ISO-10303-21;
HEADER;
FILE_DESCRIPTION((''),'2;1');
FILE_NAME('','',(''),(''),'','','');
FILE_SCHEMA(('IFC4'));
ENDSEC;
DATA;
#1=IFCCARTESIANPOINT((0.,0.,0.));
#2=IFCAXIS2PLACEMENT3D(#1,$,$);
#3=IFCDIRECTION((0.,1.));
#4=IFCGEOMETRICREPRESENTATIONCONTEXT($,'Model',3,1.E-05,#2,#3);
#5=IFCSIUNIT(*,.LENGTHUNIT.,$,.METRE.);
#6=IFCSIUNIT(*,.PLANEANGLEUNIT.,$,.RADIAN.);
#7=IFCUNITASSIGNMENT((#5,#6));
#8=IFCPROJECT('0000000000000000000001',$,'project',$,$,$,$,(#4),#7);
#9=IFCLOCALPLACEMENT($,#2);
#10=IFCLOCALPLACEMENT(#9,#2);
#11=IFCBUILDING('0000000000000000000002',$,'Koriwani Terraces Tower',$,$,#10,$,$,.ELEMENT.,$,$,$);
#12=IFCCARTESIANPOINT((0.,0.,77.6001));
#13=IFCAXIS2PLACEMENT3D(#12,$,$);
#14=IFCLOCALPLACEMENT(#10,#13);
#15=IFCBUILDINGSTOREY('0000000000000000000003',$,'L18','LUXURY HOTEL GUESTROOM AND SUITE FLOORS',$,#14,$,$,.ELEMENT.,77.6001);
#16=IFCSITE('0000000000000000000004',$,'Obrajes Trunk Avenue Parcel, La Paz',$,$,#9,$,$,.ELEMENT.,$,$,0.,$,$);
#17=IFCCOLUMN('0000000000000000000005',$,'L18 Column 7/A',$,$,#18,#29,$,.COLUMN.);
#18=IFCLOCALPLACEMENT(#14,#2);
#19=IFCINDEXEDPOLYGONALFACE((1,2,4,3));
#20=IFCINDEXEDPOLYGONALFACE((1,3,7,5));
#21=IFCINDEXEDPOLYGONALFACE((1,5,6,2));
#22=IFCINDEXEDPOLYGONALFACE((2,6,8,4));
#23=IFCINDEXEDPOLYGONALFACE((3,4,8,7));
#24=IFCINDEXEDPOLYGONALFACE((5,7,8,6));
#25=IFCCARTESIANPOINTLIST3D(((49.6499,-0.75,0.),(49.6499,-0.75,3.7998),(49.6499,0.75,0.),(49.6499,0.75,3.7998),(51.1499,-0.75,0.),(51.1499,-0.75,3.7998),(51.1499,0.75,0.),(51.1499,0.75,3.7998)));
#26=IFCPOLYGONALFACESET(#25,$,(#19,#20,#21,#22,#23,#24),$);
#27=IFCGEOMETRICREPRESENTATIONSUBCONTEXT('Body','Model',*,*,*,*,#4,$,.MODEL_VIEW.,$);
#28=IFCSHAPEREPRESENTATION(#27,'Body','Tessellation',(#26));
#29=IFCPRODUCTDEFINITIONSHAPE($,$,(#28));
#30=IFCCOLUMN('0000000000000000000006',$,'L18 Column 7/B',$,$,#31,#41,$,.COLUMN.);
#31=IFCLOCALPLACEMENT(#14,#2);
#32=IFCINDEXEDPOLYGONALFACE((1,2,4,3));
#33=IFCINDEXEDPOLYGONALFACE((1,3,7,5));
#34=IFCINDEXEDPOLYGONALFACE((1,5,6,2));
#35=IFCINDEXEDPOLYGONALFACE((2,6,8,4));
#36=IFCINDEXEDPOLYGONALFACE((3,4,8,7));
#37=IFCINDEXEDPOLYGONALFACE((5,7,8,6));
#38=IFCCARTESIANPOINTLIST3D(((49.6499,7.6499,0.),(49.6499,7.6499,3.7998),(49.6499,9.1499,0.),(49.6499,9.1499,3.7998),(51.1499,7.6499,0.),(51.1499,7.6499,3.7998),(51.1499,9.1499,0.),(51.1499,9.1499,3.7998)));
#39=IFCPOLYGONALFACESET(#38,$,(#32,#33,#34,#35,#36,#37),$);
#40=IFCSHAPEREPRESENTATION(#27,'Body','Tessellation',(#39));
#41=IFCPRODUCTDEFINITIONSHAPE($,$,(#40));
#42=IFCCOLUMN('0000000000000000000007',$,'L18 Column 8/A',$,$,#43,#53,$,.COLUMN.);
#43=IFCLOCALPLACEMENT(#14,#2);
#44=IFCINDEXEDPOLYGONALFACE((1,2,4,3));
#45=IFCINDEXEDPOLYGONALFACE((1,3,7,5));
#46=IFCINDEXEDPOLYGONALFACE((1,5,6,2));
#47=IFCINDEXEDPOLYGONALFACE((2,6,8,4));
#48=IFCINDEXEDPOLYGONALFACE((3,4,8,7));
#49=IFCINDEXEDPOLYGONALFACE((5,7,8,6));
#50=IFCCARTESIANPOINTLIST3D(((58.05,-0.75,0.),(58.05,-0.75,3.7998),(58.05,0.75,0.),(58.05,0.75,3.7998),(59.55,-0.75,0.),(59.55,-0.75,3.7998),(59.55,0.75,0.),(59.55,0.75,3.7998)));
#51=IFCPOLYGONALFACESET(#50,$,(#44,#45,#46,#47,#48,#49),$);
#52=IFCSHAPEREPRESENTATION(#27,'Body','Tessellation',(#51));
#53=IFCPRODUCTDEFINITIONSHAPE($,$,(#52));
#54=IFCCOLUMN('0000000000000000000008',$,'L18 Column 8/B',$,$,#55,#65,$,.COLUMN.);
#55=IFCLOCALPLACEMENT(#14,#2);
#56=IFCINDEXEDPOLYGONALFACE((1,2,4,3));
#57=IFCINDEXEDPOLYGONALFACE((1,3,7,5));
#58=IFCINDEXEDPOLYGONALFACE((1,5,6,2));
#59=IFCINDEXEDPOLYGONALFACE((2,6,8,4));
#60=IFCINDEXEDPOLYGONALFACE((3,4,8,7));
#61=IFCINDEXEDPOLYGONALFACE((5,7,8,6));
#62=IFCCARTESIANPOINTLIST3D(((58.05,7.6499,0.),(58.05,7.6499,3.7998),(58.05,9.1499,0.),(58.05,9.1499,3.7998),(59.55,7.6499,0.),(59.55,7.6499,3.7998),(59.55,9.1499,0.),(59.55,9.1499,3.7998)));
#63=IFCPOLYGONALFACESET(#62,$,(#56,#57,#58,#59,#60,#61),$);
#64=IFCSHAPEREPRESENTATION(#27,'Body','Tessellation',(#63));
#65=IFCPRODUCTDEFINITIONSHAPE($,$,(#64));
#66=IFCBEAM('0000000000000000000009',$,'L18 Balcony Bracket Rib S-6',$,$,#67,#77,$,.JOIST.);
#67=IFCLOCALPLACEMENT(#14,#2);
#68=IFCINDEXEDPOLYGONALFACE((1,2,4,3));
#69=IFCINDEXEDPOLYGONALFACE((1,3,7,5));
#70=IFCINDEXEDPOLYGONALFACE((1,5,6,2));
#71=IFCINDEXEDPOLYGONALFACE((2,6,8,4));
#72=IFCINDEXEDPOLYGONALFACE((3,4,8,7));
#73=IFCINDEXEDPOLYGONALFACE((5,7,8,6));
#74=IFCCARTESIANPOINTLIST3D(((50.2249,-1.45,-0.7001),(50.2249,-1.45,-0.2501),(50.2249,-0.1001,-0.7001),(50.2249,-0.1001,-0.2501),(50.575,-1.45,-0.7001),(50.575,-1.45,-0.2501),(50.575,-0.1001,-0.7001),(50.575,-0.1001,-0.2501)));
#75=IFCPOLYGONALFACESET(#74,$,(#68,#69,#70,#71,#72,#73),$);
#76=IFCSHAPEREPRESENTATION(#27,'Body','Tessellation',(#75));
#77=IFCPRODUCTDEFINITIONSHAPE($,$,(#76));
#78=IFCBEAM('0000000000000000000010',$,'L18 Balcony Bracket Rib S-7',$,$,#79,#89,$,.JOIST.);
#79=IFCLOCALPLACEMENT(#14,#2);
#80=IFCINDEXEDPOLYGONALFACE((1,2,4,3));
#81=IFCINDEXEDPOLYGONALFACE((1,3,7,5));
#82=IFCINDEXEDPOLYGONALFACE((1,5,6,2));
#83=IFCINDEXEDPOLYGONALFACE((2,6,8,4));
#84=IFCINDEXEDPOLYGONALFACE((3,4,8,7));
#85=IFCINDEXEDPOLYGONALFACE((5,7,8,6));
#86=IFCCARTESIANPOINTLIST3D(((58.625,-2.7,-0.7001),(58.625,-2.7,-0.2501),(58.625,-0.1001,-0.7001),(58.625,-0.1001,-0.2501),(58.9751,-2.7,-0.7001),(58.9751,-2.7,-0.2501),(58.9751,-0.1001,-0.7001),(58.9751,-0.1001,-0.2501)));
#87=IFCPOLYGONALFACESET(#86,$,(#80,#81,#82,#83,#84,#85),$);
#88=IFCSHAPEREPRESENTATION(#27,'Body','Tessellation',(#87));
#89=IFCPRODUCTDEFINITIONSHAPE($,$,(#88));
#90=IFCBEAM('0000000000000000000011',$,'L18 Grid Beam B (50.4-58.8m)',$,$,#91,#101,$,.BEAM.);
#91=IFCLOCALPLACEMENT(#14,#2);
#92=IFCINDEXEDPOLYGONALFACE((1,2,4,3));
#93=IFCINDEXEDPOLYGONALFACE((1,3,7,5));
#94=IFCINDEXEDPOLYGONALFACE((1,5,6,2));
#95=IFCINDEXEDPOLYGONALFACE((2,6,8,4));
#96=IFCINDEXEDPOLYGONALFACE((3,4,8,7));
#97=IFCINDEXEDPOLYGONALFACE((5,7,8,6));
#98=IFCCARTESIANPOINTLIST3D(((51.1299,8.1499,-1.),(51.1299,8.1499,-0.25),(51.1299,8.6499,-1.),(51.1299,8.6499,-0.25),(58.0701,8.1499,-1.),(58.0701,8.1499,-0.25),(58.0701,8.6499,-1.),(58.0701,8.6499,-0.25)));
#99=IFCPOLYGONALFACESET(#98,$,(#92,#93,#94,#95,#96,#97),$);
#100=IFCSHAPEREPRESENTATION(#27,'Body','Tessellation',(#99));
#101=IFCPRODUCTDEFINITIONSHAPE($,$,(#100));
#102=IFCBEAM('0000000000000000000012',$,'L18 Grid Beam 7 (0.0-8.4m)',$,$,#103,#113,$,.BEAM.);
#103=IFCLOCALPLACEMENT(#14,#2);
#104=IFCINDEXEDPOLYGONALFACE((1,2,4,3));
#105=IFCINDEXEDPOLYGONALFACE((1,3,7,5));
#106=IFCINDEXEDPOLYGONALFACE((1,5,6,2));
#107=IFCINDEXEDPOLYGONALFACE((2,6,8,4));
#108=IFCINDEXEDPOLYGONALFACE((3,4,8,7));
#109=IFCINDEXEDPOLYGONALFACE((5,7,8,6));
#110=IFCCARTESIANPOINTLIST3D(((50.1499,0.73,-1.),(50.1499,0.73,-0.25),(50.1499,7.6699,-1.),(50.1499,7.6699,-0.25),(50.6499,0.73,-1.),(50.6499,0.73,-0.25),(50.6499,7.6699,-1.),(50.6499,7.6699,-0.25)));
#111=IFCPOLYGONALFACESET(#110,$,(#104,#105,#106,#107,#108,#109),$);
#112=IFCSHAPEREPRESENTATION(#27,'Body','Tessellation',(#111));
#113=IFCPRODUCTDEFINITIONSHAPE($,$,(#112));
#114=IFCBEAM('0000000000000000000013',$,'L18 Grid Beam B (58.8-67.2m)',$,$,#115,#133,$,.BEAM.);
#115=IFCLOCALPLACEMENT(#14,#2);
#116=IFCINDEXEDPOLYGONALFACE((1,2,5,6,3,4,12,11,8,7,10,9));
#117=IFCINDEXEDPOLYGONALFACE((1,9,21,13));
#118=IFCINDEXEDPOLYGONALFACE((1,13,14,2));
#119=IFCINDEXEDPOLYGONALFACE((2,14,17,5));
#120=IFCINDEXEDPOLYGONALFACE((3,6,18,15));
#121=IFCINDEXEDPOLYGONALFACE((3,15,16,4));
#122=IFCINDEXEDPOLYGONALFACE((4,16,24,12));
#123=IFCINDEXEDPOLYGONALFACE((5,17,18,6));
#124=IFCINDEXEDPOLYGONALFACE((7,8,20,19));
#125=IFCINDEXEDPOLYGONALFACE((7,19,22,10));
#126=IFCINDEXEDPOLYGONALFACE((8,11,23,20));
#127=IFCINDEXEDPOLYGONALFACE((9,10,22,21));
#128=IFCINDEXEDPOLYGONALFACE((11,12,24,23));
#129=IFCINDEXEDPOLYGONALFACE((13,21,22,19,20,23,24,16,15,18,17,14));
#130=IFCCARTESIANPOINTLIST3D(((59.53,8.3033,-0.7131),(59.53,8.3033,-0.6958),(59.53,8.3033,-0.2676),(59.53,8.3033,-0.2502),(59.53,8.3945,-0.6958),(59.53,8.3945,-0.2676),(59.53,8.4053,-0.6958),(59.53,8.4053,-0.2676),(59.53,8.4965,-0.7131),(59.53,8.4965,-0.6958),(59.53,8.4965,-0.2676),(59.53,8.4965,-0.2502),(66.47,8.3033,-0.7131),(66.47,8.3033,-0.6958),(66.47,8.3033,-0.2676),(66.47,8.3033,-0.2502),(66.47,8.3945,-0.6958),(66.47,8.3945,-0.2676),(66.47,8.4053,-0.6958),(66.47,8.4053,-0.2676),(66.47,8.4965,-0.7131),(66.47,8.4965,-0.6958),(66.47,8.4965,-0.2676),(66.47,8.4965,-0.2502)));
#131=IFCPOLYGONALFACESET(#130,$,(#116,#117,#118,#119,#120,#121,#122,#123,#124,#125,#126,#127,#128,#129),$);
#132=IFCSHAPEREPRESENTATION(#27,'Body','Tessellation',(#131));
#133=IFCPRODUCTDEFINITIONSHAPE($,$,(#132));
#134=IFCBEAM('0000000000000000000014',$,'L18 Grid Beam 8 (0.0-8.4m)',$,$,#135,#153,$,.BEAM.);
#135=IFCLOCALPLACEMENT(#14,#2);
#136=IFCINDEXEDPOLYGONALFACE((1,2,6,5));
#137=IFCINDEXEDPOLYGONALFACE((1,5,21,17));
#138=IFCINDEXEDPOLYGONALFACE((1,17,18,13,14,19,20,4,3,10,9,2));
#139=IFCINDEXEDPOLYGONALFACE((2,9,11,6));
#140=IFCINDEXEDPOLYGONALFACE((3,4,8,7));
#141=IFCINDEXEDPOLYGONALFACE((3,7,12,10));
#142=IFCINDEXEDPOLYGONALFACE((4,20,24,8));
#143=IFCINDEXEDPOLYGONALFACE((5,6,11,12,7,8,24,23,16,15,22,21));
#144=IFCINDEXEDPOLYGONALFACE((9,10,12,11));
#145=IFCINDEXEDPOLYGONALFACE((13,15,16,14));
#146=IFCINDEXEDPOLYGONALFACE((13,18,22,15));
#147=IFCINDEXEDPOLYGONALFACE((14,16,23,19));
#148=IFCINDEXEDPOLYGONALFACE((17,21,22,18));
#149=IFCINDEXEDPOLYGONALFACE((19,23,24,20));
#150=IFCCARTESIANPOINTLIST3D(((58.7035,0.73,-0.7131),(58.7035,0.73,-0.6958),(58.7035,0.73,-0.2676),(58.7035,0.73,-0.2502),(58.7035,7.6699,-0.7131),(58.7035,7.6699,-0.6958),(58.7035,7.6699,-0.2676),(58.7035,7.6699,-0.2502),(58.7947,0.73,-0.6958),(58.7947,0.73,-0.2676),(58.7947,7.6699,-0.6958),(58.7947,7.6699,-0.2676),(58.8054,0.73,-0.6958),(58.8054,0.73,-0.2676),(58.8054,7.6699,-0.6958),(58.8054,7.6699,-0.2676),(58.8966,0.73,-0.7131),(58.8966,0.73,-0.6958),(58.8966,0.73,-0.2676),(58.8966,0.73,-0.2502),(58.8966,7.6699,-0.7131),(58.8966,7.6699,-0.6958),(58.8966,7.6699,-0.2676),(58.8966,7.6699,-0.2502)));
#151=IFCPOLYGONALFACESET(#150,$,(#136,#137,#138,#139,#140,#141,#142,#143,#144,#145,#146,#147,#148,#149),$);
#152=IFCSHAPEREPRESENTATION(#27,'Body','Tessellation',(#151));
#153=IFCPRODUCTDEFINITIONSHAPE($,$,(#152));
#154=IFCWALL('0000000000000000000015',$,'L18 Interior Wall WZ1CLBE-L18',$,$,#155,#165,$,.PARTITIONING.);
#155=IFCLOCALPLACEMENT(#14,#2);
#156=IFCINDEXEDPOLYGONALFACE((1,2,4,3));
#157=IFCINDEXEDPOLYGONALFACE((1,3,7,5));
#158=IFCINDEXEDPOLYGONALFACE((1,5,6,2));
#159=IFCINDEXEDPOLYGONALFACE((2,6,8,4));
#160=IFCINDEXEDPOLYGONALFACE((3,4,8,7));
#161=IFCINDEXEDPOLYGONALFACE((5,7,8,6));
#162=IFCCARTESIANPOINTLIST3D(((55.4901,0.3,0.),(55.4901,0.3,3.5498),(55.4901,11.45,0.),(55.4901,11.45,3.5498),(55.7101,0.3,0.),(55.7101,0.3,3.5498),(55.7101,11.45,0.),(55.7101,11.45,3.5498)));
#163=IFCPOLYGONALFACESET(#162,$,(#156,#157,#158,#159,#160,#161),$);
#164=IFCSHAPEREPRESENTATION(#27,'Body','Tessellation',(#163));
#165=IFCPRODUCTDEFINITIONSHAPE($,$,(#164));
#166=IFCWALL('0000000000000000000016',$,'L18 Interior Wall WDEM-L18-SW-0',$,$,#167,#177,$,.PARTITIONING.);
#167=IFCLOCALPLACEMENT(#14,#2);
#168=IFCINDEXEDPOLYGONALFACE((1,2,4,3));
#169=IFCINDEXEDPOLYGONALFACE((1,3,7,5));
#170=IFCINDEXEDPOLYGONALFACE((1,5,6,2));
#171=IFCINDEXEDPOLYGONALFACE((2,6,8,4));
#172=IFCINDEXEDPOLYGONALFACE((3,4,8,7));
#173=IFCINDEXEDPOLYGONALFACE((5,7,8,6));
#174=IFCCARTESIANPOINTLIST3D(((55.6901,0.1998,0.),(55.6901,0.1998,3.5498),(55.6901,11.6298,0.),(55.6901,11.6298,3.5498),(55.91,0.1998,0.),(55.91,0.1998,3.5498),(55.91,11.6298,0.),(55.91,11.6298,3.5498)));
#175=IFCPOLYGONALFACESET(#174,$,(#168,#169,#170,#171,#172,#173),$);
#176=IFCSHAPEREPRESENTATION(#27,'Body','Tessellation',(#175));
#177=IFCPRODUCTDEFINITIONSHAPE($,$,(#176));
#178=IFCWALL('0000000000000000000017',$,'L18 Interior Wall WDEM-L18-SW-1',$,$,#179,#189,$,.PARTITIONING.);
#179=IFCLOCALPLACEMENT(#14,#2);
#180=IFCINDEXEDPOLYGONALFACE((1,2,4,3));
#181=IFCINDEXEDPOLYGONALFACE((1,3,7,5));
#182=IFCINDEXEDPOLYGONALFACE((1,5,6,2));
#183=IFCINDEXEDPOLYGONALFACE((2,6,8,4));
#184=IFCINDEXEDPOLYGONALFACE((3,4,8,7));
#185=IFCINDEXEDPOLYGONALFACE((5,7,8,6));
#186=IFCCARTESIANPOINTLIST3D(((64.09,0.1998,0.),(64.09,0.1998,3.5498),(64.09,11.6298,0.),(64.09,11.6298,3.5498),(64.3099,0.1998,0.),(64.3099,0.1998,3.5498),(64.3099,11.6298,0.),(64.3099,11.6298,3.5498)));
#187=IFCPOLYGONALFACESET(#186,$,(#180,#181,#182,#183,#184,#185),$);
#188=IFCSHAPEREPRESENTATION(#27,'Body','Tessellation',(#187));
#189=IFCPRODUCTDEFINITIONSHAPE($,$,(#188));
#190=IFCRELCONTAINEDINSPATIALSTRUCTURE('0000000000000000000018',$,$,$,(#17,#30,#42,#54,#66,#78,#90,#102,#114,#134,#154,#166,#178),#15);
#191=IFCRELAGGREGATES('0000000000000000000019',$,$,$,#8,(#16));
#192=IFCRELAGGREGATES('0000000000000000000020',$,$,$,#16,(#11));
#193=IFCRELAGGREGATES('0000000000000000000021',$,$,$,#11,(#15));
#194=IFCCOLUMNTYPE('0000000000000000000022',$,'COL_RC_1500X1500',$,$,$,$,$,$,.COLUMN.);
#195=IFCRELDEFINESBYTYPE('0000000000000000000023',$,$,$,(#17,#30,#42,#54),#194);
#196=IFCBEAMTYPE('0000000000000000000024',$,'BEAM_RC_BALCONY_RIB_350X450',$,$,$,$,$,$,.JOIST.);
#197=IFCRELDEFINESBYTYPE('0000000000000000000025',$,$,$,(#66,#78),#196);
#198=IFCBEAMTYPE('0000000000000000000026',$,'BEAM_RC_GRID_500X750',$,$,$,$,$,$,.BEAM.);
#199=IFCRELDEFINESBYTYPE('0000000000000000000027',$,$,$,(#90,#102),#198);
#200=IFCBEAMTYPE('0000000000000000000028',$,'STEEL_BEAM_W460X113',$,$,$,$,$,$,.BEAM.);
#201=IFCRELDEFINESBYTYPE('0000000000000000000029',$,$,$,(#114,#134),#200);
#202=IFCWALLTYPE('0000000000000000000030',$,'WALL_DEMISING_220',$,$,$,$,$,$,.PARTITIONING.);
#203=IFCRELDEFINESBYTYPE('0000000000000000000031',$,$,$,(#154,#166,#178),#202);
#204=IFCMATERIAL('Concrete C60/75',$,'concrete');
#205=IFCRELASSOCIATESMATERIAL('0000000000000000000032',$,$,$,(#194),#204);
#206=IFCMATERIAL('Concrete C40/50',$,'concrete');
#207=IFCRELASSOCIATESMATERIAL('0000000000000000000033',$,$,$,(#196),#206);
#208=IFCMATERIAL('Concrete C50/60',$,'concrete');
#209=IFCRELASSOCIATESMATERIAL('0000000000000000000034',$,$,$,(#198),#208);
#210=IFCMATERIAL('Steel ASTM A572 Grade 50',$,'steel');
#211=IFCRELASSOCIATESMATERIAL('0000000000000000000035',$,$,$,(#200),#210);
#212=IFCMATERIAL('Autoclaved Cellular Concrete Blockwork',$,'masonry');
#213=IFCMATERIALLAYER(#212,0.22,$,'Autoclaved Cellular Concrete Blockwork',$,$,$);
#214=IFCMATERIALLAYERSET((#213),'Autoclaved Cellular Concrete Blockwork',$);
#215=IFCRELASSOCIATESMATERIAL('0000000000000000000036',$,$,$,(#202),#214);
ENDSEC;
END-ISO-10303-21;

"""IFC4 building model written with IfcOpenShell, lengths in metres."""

from ifc_helpers import new_model, si_unit, direction, frame, frame_2d, origin, origin_2d, place, context, subcontext, project, spatial, rectangle, i_section, extrude, material, layer, layer_set, material_profile, profile_set, type_object, element, save


model = new_model("IFC4")

# Units and contexts
model_context = context("Model", 3, precision=1e-05, world=origin(), true_north=direction((0.0, 1.0)))
body_context = subcontext(model_context, "Body", "Model", "MODEL_VIEW")
ifc_project = project(units=[si_unit("LENGTHUNIT", "METRE"), si_unit("PLANEANGLEUNIT", "RADIAN")], contexts=[model_context])

# Site, building, storey
site_placement = place(None, origin())
site = spatial("IfcSite", under=ifc_project, at=site_placement, Name="Obrajes Trunk Avenue Parcel, La Paz", CompositionType="ELEMENT", RefElevation=0.0)
building_placement = place(site_placement, origin())
building = spatial("IfcBuilding", under=site, at=building_placement, Name="Koriwani Terraces Tower", CompositionType="ELEMENT")
storey_placement = place(building_placement, frame((0.0, 0.0, 77.6001)))
storey = spatial("IfcBuildingStorey", under=building, at=storey_placement, Name="L18", Description="LUXURY HOTEL GUESTROOM AND SUITE FLOORS", CompositionType="ELEMENT", Elevation=77.6001)

# Columns
ifc_material_1 = material(Name="Concrete C60/75", Category="concrete")
ifc_material_profile_1 = material_profile(ifc_material_1, rectangle(XDim=1.5, YDim=1.5, at=origin_2d()), Name="Concrete C60/75", Category="LoadBearing")
ifc_profile_set_1 = profile_set([ifc_material_profile_1], Name="Concrete C60/75")
column_type = type_object("IfcColumnType", Name="COL_RC_1500X1500", PredefinedType="COLUMN", material=ifc_profile_set_1)
for number, where, z_axis, x_axis, name in (
    (1, (50.3999, 0.0, 0.0), (0.0, 0.0, 1.0), (1.0, 0.0, 0.0), "L18 Column 7/A"),
    (2, (50.3999, 8.3999, 0.0), (0.0, 0.0, 1.0), (1.0, 0.0, 0.0), "L18 Column 7/B"),
    (3, (58.8, 0.0, 0.0), (0.0, 0.0, 1.0), (1.0, 0.0, 0.0), "L18 Column 8/A"),
    (4, (58.8, 8.3999, 0.0), (0.0, 0.0, 1.0), (1.0, 0.0, 0.0), "L18 Column 8/B"),
):
    element("IfcColumn", number, at=place(storey_placement, frame(where, z_axis=z_axis, x_axis=x_axis)), inside=storey, type_object=column_type, Name=name, PredefinedType="COLUMN", context=body_context, shape_type="SweptSolid", body=[
        extrude(rectangle(XDim=1.5, YDim=1.5, at=origin_2d()), origin(), (0.0, 0.0, 1.0), 3.7998),
    ])

# Beams
ifc_material_2 = material(Name="Concrete C40/50", Category="concrete")
ifc_material_profile_2 = material_profile(ifc_material_2, rectangle(XDim=0.3501, YDim=0.45, at=origin_2d()), Name="Concrete C40/50", Category="LoadBearing")
ifc_profile_set_2 = profile_set([ifc_material_profile_2], Name="Concrete C40/50")
beam_type_1 = type_object("IfcBeamType", Name="BEAM_RC_BALCONY_RIB_350X450", PredefinedType="JOIST", material=ifc_profile_set_2)
beam_1_placement = place(storey_placement, frame((50.3999, -1.45, -0.4751), z_axis=(0.0, 1.0, 0.0), x_axis=(-1.0, 0.0, 0.0)))
element("IfcBeam", 5, at=beam_1_placement, inside=storey, type_object=beam_type_1, Name="L18 Balcony Bracket Rib S-6", PredefinedType="JOIST", context=body_context, shape_type="SweptSolid", body=[
    extrude(rectangle(XDim=0.3501, YDim=0.45, at=origin_2d()), origin(), (0.0, 0.0, 1.0), 1.3499),
])
beam_2_placement = place(storey_placement, frame((58.8, -2.7, -0.4751), z_axis=(0.0, 1.0, 0.0), x_axis=(-1.0, 0.0, 0.0)))
element("IfcBeam", 6, at=beam_2_placement, inside=storey, type_object=beam_type_1, Name="L18 Balcony Bracket Rib S-7", PredefinedType="JOIST", context=body_context, shape_type="SweptSolid", body=[
    extrude(rectangle(XDim=0.3501, YDim=0.45, at=origin_2d()), origin(), (0.0, 0.0, 1.0), 2.5999),
])
ifc_material_3 = material(Name="Concrete C50/60", Category="concrete")
ifc_material_profile_3 = material_profile(ifc_material_3, rectangle(XDim=0.5, YDim=0.75, at=origin_2d()), Name="Concrete C50/60", Category="LoadBearing")
ifc_profile_set_3 = profile_set([ifc_material_profile_3], Name="Concrete C50/60")
beam_type_2 = type_object("IfcBeamType", Name="BEAM_RC_GRID_500X750", PredefinedType="BEAM", material=ifc_profile_set_3)
beam_3_placement = place(storey_placement, frame((51.1299, 8.3999, -0.625), z_axis=(1.0, 0.0, 0.0), x_axis=(0.0, 1.0, 0.0)))
element("IfcBeam", 7, at=beam_3_placement, inside=storey, type_object=beam_type_2, Name="L18 Grid Beam B (50.4-58.8m)", PredefinedType="BEAM", context=body_context, shape_type="SweptSolid", body=[
    extrude(rectangle(XDim=0.5, YDim=0.75, at=origin_2d()), origin(), (0.0, 0.0, 1.0), 6.9402),
])
beam_4_placement = place(storey_placement, frame((50.3999, 0.73, -0.625), z_axis=(0.0, 1.0, 0.0), x_axis=(-1.0, 0.0, 0.0)))
element("IfcBeam", 8, at=beam_4_placement, inside=storey, type_object=beam_type_2, Name="L18 Grid Beam 7 (0.0-8.4m)", PredefinedType="BEAM", context=body_context, shape_type="SweptSolid", body=[
    extrude(rectangle(XDim=0.5, YDim=0.75, at=origin_2d()), origin(), (0.0, 0.0, 1.0), 6.9399),
])
ifc_material_4 = material(Name="Steel ASTM A572 Grade 50", Category="steel")
ifc_material_profile_4 = material_profile(ifc_material_4, i_section(OverallWidth=0.1931, OverallDepth=0.4629, WebThickness=0.0107, FlangeThickness=0.0173, at=origin_2d()), Name="Steel ASTM A572 Grade 50", Category="LoadBearing")
ifc_profile_set_4 = profile_set([ifc_material_profile_4], Name="Steel ASTM A572 Grade 50")
beam_type_3 = type_object("IfcBeamType", Name="STEEL_BEAM_W460X113", PredefinedType="BEAM", material=ifc_profile_set_4)
for number, where, z_axis, x_axis, name in (
    (9, (59.53, 8.3999, -0.4817), (1.0, 0.0, 0.0), (0.0, 1.0, 0.0), "L18 Grid Beam B (58.8-67.2m)"),
    (10, (58.8, 0.73, -0.4817), (0.0, 1.0, 0.0), (-1.0, 0.0, 0.0), "L18 Grid Beam 8 (0.0-8.4m)"),
):
    element("IfcBeam", number, at=place(storey_placement, frame(where, z_axis=z_axis, x_axis=x_axis)), inside=storey, type_object=beam_type_3, Name=name, PredefinedType="BEAM", context=body_context, shape_type="SweptSolid", body=[
        extrude(i_section(OverallWidth=0.1931, OverallDepth=0.4629, WebThickness=0.0107, FlangeThickness=0.0173, at=origin_2d()), origin(), (0.0, 0.0, 1.0), 6.9399),
    ])

# Walls
ifc_material_5 = material(Name="Autoclaved Cellular Concrete Blockwork", Category="masonry")
ifc_layer_1 = layer(ifc_material_5, 0.22, Name="Autoclaved Cellular Concrete Blockwork")
ifc_layer_set_1 = layer_set([ifc_layer_1], Name="Autoclaved Cellular Concrete Blockwork")
wall_type_1 = type_object("IfcWallType", Name="WALL_DEMISING_220", PredefinedType="PARTITIONING", material=ifc_layer_set_1)
wall_1_placement = place(storey_placement, frame((55.6001, 0.3, 0.0), z_axis=(0.0, 0.0, 1.0), x_axis=(0.0, 1.0, 0.0)))
element("IfcWall", 11, at=wall_1_placement, inside=storey, type_object=wall_type_1, Name="L18 Interior Wall WZ1CLBE-L18", PredefinedType="PARTITIONING", context=body_context, shape_type="SweptSolid", body=[
    extrude(rectangle(XDim=11.1499, YDim=0.22, at=frame_2d((5.575, 0.0))), origin(), (0.0, 0.0, 1.0), 3.5498),
])
for number, where, z_axis, x_axis, name in (
    (12, (55.8, 0.2, 0.0), (0.0, 0.0, 1.0), (0.0, 1.0, 0.0), "L18 Interior Wall WDEM-L18-SW-0"),
    (13, (64.2, 0.2, 0.0), (0.0, 0.0, 1.0), (0.0, 1.0, 0.0), "L18 Interior Wall WDEM-L18-SW-1"),
):
    element("IfcWall", number, at=place(storey_placement, frame(where, z_axis=z_axis, x_axis=x_axis)), inside=storey, type_object=wall_type_1, Name=name, PredefinedType="PARTITIONING", context=body_context, shape_type="SweptSolid", body=[
        extrude(rectangle(XDim=11.4299, YDim=0.22, at=frame_2d((5.7148, 0.0))), origin(), (0.0, 0.0, 1.0), 3.5498),
    ])

save(model, "model.ifc")
